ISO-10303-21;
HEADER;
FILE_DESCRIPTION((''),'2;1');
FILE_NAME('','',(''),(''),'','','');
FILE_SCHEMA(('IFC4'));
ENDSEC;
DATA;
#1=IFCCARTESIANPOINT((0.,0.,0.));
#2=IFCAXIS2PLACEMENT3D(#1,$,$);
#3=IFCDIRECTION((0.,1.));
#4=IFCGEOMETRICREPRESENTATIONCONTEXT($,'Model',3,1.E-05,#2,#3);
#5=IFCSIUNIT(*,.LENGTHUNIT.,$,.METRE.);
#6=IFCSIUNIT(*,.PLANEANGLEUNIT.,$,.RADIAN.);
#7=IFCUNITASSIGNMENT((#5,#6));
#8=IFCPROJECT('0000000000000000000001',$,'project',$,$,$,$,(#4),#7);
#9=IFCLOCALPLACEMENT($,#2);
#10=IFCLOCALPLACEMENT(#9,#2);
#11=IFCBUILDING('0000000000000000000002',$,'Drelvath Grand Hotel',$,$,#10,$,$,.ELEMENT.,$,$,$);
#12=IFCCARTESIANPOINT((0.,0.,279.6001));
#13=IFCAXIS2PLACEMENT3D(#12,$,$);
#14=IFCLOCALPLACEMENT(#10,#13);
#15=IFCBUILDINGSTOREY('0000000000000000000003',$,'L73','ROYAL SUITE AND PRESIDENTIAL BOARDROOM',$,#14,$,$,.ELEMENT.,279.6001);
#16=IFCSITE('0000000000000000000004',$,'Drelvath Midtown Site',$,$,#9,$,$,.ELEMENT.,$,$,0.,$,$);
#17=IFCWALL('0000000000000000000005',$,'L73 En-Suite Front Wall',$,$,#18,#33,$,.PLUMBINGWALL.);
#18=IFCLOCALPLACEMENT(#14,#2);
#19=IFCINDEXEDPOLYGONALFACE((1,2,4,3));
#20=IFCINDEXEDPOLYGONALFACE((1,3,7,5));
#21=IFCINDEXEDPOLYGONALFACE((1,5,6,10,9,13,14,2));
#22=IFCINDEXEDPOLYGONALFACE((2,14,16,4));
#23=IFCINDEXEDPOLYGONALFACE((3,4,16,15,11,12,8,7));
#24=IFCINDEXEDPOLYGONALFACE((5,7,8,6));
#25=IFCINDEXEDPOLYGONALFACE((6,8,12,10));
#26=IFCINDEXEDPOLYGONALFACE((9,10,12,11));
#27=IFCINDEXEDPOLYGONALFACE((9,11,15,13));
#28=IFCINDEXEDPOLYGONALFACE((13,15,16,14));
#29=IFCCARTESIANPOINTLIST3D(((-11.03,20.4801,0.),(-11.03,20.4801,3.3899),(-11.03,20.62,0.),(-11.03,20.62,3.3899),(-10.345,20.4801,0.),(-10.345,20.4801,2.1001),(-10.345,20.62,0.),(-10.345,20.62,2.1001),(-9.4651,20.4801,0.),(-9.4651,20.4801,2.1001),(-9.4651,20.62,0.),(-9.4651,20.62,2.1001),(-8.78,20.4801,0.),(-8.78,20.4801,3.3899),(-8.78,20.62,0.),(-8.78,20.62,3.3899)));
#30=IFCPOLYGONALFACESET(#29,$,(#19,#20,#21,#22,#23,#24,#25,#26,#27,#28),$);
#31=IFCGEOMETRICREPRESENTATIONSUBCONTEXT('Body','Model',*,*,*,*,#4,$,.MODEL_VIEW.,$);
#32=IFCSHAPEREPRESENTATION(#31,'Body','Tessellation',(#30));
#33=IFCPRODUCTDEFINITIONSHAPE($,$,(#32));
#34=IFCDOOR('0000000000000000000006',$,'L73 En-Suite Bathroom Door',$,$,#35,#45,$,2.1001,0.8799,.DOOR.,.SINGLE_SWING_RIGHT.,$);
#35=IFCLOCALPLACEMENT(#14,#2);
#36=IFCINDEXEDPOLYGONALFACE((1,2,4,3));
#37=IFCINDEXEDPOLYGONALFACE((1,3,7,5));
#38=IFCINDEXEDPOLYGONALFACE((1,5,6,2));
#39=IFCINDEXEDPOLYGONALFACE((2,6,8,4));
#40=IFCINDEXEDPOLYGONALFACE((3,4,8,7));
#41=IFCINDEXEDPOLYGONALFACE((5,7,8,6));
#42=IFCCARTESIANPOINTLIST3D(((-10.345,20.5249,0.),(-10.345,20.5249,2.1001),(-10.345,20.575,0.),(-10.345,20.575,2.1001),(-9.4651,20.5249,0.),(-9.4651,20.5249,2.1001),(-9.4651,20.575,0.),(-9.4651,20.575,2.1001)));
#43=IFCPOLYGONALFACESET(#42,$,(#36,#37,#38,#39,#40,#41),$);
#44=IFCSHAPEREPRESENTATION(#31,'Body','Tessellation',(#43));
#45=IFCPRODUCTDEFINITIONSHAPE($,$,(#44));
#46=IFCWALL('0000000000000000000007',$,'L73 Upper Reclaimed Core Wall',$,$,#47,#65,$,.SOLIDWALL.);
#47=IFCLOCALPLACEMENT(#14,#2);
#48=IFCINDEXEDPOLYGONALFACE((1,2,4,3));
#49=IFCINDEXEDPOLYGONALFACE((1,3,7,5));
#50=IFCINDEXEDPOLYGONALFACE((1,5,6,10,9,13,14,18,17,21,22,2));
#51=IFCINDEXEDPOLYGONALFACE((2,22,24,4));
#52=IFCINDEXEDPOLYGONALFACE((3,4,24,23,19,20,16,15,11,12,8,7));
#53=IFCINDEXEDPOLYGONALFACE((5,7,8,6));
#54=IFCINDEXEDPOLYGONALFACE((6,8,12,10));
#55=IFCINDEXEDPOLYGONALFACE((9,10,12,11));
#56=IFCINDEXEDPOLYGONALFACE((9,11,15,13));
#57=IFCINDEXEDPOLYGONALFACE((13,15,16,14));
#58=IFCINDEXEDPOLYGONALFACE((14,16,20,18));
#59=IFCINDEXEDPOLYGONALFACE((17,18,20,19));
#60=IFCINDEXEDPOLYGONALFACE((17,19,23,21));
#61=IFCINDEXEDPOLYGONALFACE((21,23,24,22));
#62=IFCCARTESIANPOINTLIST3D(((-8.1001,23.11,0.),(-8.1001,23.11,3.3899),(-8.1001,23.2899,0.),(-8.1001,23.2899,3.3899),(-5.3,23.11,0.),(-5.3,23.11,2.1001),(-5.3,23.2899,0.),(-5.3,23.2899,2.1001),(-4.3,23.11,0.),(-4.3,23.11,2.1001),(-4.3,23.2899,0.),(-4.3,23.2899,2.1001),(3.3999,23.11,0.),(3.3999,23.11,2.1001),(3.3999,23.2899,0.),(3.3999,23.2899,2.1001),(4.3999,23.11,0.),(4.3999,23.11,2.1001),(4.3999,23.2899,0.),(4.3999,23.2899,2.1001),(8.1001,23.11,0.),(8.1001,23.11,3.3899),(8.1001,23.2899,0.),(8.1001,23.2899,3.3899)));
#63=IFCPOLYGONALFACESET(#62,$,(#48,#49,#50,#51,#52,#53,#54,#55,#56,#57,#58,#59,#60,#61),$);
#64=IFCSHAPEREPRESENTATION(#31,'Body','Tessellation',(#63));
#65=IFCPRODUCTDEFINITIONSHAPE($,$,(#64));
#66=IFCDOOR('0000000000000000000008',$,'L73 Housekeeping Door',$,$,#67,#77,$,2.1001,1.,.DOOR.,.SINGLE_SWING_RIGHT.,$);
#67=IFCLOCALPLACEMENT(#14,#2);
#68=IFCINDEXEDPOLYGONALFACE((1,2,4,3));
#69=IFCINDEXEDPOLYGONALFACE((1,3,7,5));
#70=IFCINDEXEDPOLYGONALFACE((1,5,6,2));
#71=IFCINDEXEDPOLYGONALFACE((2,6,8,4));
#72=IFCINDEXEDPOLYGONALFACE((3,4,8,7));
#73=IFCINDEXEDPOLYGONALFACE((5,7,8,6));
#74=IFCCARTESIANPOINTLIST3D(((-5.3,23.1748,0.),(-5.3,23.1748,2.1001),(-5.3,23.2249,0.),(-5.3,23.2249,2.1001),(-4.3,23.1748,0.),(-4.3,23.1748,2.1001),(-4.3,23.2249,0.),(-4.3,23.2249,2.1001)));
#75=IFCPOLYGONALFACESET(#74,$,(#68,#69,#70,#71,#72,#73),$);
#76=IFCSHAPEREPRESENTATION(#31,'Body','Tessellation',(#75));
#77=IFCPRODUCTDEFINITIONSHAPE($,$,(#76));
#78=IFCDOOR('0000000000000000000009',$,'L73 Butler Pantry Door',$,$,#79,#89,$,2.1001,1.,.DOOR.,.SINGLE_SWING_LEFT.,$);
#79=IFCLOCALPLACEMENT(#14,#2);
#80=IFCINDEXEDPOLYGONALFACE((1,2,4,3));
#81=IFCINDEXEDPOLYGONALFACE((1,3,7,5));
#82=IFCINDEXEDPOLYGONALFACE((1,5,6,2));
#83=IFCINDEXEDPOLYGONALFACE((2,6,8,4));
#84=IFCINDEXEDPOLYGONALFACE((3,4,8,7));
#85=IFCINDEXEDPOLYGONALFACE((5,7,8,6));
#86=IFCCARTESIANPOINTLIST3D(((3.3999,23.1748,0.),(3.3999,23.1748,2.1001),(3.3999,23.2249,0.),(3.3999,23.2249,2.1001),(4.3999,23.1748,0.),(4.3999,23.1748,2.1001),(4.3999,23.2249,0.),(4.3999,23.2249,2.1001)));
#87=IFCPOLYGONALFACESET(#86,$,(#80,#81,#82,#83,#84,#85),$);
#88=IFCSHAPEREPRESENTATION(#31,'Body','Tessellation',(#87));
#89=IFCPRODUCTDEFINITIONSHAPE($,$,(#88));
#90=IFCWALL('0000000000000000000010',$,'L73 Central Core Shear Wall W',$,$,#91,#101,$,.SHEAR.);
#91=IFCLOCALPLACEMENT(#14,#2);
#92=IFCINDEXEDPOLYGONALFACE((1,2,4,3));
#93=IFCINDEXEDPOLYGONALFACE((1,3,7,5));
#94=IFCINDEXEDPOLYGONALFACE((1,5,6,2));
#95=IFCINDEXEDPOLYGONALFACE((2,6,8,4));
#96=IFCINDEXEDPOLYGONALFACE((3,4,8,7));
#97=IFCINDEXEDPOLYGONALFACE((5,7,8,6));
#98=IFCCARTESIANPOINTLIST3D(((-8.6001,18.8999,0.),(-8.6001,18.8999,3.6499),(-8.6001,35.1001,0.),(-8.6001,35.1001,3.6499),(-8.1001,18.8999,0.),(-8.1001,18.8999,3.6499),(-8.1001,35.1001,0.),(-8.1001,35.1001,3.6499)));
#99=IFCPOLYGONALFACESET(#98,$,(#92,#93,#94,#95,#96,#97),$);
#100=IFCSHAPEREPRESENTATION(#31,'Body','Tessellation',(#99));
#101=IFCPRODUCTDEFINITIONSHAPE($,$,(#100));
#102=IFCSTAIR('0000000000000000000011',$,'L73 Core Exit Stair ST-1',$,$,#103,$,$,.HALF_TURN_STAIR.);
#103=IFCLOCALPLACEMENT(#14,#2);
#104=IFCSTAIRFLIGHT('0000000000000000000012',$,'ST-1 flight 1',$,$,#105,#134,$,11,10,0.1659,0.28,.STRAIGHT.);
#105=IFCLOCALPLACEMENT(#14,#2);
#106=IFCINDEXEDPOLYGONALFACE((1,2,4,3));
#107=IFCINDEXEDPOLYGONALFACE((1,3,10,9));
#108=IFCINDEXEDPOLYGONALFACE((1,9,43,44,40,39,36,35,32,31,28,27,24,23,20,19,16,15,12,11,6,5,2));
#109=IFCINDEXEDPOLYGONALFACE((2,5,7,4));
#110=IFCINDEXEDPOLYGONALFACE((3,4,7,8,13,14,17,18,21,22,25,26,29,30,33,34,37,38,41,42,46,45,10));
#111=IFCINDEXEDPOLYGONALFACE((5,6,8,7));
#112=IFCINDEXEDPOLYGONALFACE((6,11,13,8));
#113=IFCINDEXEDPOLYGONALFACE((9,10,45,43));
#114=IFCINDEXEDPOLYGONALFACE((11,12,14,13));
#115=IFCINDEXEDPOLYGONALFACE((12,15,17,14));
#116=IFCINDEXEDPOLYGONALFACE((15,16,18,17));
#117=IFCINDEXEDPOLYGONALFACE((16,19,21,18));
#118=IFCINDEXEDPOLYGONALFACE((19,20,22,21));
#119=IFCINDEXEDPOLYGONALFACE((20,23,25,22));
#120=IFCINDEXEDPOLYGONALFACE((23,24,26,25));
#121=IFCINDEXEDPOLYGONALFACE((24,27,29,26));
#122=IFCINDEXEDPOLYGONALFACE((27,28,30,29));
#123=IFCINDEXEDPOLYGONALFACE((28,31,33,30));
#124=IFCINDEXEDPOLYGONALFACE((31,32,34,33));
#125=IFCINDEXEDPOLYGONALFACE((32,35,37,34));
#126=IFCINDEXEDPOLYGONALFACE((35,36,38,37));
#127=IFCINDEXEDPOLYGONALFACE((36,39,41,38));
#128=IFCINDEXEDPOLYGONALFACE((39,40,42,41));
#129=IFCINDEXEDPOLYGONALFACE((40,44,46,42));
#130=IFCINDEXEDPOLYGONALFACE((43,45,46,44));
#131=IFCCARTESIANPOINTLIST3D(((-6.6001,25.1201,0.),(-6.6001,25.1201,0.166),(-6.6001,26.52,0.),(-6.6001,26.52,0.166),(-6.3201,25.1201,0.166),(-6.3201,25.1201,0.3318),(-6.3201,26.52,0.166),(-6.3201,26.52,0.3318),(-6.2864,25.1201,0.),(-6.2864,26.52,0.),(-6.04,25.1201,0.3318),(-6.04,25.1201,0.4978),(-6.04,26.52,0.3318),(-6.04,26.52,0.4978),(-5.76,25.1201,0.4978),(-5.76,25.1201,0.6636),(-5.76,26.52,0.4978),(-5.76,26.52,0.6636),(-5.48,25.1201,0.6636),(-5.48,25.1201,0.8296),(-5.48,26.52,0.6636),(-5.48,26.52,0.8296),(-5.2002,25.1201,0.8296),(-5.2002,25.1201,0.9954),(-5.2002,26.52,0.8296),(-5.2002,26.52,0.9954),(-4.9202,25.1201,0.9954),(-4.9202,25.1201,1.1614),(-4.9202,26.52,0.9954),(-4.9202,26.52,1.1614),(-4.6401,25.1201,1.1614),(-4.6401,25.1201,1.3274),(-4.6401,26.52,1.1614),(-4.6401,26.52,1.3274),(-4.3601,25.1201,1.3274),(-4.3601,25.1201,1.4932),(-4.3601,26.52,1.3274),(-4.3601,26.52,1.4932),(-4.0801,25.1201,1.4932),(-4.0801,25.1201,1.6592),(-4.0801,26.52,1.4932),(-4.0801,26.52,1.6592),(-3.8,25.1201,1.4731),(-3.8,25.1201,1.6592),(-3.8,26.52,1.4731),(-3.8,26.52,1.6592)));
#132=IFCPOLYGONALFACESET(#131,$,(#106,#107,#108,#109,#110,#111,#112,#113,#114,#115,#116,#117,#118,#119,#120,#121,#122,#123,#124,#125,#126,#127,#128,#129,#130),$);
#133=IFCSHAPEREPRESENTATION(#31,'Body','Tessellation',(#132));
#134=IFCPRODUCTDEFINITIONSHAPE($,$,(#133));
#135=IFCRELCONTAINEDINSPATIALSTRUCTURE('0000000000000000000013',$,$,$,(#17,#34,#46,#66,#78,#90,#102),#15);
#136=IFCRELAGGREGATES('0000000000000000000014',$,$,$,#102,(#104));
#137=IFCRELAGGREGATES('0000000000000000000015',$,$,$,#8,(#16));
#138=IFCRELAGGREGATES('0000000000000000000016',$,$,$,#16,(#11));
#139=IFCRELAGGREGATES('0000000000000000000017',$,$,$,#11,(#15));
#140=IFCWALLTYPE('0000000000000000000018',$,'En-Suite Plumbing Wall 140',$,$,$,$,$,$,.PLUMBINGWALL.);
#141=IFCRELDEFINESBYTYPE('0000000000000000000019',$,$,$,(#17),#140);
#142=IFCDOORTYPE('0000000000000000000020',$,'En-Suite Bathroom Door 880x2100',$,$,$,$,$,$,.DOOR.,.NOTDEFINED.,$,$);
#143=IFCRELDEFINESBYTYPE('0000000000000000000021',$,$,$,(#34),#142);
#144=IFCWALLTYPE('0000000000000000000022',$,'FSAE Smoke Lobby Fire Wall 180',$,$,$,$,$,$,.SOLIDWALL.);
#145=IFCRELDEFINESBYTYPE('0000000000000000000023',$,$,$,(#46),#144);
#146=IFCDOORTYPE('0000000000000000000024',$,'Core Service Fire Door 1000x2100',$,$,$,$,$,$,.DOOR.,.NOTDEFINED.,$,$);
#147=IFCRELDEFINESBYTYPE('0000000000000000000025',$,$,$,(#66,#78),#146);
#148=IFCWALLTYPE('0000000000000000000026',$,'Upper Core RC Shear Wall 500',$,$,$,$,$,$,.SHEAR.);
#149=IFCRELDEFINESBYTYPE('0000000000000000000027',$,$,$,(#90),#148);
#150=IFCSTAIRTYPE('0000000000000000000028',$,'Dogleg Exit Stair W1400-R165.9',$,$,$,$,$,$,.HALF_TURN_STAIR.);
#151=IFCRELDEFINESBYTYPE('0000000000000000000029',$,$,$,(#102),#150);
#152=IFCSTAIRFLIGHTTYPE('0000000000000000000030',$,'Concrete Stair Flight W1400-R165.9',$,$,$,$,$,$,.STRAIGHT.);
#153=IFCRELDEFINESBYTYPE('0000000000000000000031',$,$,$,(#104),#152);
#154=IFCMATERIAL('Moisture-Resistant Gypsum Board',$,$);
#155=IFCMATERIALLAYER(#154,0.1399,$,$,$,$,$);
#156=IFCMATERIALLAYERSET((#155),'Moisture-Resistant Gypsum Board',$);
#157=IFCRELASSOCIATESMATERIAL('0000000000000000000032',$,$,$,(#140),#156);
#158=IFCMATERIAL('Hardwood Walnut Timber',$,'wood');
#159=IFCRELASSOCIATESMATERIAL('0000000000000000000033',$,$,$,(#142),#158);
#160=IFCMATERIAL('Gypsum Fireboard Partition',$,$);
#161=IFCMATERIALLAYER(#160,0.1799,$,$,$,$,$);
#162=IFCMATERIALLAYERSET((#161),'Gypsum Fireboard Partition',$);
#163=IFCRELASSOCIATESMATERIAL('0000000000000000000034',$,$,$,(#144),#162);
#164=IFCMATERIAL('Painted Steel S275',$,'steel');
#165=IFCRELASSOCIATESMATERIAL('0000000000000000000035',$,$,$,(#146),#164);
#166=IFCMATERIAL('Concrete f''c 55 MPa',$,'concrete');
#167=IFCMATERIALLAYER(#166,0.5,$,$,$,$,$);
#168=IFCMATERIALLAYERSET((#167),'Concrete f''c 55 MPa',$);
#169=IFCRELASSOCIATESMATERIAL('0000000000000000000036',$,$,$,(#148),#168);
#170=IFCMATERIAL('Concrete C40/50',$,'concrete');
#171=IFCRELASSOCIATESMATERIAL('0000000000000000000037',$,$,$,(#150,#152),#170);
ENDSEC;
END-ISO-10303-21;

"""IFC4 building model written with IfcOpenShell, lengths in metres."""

from ifc_helpers import new_model, si_unit, direction, frame, frame_2d, origin, place, context, subcontext, project, spatial, polyline, rectangle, outline, extrude, material, layer, layer_set, type_object, element, fill, aggregate, save


model = new_model("IFC4")

# Units and contexts
model_context = context("Model", 3, precision=1e-05, world=origin(), true_north=direction((0.0, 1.0)))
body_context = subcontext(model_context, "Body", "Model", "MODEL_VIEW")
ifc_project = project(units=[si_unit("LENGTHUNIT", "METRE"), si_unit("PLANEANGLEUNIT", "RADIAN")], contexts=[model_context])

# Site, building, storey
site_placement = place(None, origin())
site = spatial("IfcSite", under=ifc_project, at=site_placement, Name="Drelvath Midtown Site", CompositionType="ELEMENT", RefElevation=0.0)
building_placement = place(site_placement, origin())
building = spatial("IfcBuilding", under=site, at=building_placement, Name="Drelvath Grand Hotel", CompositionType="ELEMENT")
storey_placement = place(building_placement, frame((0.0, 0.0, 279.6001)))
storey = spatial("IfcBuildingStorey", under=building, at=storey_placement, Name="L73", Description="ROYAL SUITE AND PRESIDENTIAL BOARDROOM", CompositionType="ELEMENT", Elevation=279.6001)

# Shared definitions
ifc_material_1 = material(Name="Concrete f'c 55 MPa", Category="concrete")

# Shared definitions
ifc_material_2 = material(Name="Concrete C40/50", Category="concrete")
ifc_material_3 = material(Name="Painted Steel S275", Category="steel")

# Shared definitions
ifc_material_4 = material(Name="Gypsum Fireboard Partition")
ifc_material_5 = material(Name="Hardwood Walnut Timber", Category="wood")

# Shared definitions
ifc_material_6 = material(Name="Moisture-Resistant Gypsum Board")
ifc_layer_1 = layer(ifc_material_6, 0.1399)
ifc_layer_set_1 = layer_set([ifc_layer_1], Name="Moisture-Resistant Gypsum Board")
wall_type_1 = type_object("IfcWallType", Name="En-Suite Plumbing Wall 140", PredefinedType="PLUMBINGWALL", material=ifc_layer_set_1)

# Shared definitions
door_type_1 = type_object("IfcDoorType", Name="En-Suite Bathroom Door 880x2100", OperationType="NOTDEFINED", PredefinedType="DOOR", material=ifc_material_5)

# Wall, opening, door
wall_1_placement = place(storey_placement, frame((-11.03, 20.55, 0.0), z_axis=(0.0, 0.0, 1.0), x_axis=(1.0, 0.0, 0.0)))
wall_1 = element("IfcWall", 1, at=wall_1_placement, inside=storey, type_object=wall_type_1, Name="L73 En-Suite Front Wall", PredefinedType="PLUMBINGWALL", context=body_context, shape_type="SweptSolid", body=[
    extrude(rectangle(XDim=2.25, YDim=0.1399, at=frame_2d((1.125, 0.0))), origin(), (0.0, 0.0, 1.0), 3.3899),
])
opening_1_placement = place(wall_1_placement, frame((0.6851, 0.0, 0.0)))
opening_1 = element("IfcOpeningElement", 2, at=opening_1_placement, cuts=wall_1, PredefinedType="OPENING", context=body_context, shape_type="SweptSolid", body=[
    extrude(rectangle(XDim=0.8799, YDim=2.1001, at=frame_2d((0.4399, 1.05))), frame((0.0, 0.0798, 0.0), z_axis=(0.0, -1.0, 0.0), x_axis=(1.0, 0.0, 0.0)), (0.0, 0.0, 1.0), 0.1599),
])
door_1_placement = place(opening_1_placement, origin())
door_1 = element("IfcDoor", 3, at=door_1_placement, inside=storey, type_object=door_type_1, Name="L73 En-Suite Bathroom Door", OperationType="SINGLE_SWING_RIGHT", OverallHeight=2.1001, OverallWidth=0.8799, PredefinedType="DOOR", context=body_context, shape_type="SweptSolid", body=[
    extrude(rectangle(XDim=0.8799, YDim=2.1001, at=frame_2d((0.4399, 1.05))), frame((0.0, 0.0249, 0.0), z_axis=(0.0, -1.0, 0.0), x_axis=(1.0, 0.0, 0.0)), (0.0, 0.0, 1.0), 0.05),
])
fill(opening_1, door_1)

# Wall, openings, doors
ifc_layer_2 = layer(ifc_material_4, 0.1799)
ifc_layer_set_2 = layer_set([ifc_layer_2], Name="Gypsum Fireboard Partition")
wall_type_2 = type_object("IfcWallType", Name="FSAE Smoke Lobby Fire Wall 180", PredefinedType="SOLIDWALL", material=ifc_layer_set_2)
wall_2_placement = place(storey_placement, frame((-8.1001, 23.2, 0.0), z_axis=(0.0, 0.0, 1.0), x_axis=(1.0, 0.0, 0.0)))
wall_2 = element("IfcWall", 4, at=wall_2_placement, inside=storey, type_object=wall_type_2, Name="L73 Upper Reclaimed Core Wall", PredefinedType="SOLIDWALL", context=body_context, shape_type="SweptSolid", body=[
    extrude(rectangle(XDim=16.2002, YDim=0.1799, at=frame_2d((8.1001, 0.0))), origin(), (0.0, 0.0, 1.0), 3.3899),
])
opening_2_placement = place(wall_2_placement, frame((2.8, 0.0, 0.0)))
opening_2 = element("IfcOpeningElement", 5, at=opening_2_placement, cuts=wall_2, PredefinedType="OPENING", context=body_context, shape_type="SweptSolid", body=[
    extrude(rectangle(XDim=1.0, YDim=2.1001, at=frame_2d((0.5, 1.05))), frame((0.0, 0.0999, 0.0), z_axis=(0.0, -1.0, 0.0), x_axis=(1.0, 0.0, 0.0)), (0.0, 0.0, 1.0), 0.2),
])
opening_3_placement = place(wall_2_placement, frame((11.5, 0.0, 0.0)))
opening_3 = element("IfcOpeningElement", 6, at=opening_3_placement, cuts=wall_2, PredefinedType="OPENING", context=body_context, shape_type="SweptSolid", body=[
    extrude(rectangle(XDim=1.0, YDim=2.1001, at=frame_2d((0.5, 1.05))), frame((0.0, 0.0999, 0.0), z_axis=(0.0, -1.0, 0.0), x_axis=(1.0, 0.0, 0.0)), (0.0, 0.0, 1.0), 0.2),
])
door_type_2 = type_object("IfcDoorType", Name="Core Service Fire Door 1000x2100", OperationType="NOTDEFINED", PredefinedType="DOOR", material=ifc_material_3)
door_2_placement = place(opening_2_placement, origin())
door_2 = element("IfcDoor", 7, at=door_2_placement, inside=storey, type_object=door_type_2, Name="L73 Housekeeping Door", OperationType="SINGLE_SWING_RIGHT", OverallHeight=2.1001, OverallWidth=1.0, PredefinedType="DOOR", context=body_context, shape_type="SweptSolid", body=[
    extrude(rectangle(XDim=1.0, YDim=2.1001, at=frame_2d((0.5, 1.05))), frame((0.0, 0.0249, 0.0), z_axis=(0.0, -1.0, 0.0), x_axis=(1.0, 0.0, 0.0)), (0.0, 0.0, 1.0), 0.05),
])
fill(opening_2, door_2)
door_3_placement = place(opening_3_placement, origin())
door_3 = element("IfcDoor", 8, at=door_3_placement, inside=storey, type_object=door_type_2, Name="L73 Butler Pantry Door", OperationType="SINGLE_SWING_LEFT", OverallHeight=2.1001, OverallWidth=1.0, PredefinedType="DOOR", context=body_context, shape_type="SweptSolid", body=[
    extrude(rectangle(XDim=1.0, YDim=2.1001, at=frame_2d((0.5, 1.05))), frame((0.0, 0.0249, 0.0), z_axis=(0.0, -1.0, 0.0), x_axis=(1.0, 0.0, 0.0)), (0.0, 0.0, 1.0), 0.05),
])
fill(opening_3, door_3)

# Wall
ifc_layer_3 = layer(ifc_material_1, 0.5)
ifc_layer_set_3 = layer_set([ifc_layer_3], Name="Concrete f'c 55 MPa")
wall_type_3 = type_object("IfcWallType", Name="Upper Core RC Shear Wall 500", PredefinedType="SHEAR", material=ifc_layer_set_3)
wall_3_placement = place(storey_placement, frame((-8.3501, 18.8999, 0.0), z_axis=(0.0, 0.0, 1.0), x_axis=(0.0, 1.0, 0.0)))
element("IfcWall", 9, at=wall_3_placement, inside=storey, type_object=wall_type_3, Name="L73 Central Core Shear Wall W", PredefinedType="SHEAR", context=body_context, shape_type="SweptSolid", body=[
    extrude(rectangle(XDim=16.2002, YDim=0.5, at=frame_2d((8.1001, 0.0))), origin(), (0.0, 0.0, 1.0), 3.6499),
])

# Stair, stair flight
stair_type = type_object("IfcStairType", Name="Dogleg Exit Stair W1400-R165.9", PredefinedType="HALF_TURN_STAIR", material=ifc_material_2)
stair_placement = place(storey_placement, origin())
stair = element("IfcStair", 10, at=stair_placement, inside=storey, type_object=stair_type, Name="L73 Core Exit Stair ST-1", PredefinedType="HALF_TURN_STAIR")
stair_flight_type = type_object("IfcStairFlightType", Name="Concrete Stair Flight W1400-R165.9", PredefinedType="STRAIGHT", material=ifc_material_2)
stair_flight_placement = place(storey_placement, frame((-6.6001, 25.8201, 0.0), z_axis=(0.0, 0.0, 1.0), x_axis=(1.0, 0.0, 0.0)))
stair_flight = element("IfcStairFlight", 11, at=stair_flight_placement, type_object=stair_flight_type, Name="ST-1 flight 1", NumberOfRisers=11, NumberOfTreads=10, PredefinedType="STRAIGHT", RiserHeight=0.1659, TreadLength=0.28, context=body_context, shape_type="SweptSolid", body=[
    extrude(outline(polyline([(0.0, 0.0), (0.0, 0.166), (0.28, 0.166), (0.28, 0.3318), (0.5601, 0.3318), (0.5601, 0.4978), (0.8401, 0.4978), (0.8401, 0.6636), (1.1201, 0.6636), (1.1201, 0.8296), (1.3999, 0.8296), (1.3999, 0.9954), (1.6799, 0.9954), (1.6799, 1.1614), (1.96, 1.1614), (1.96, 1.3274), (2.24, 1.3274), (2.24, 1.4932), (2.52, 1.4932), (2.52, 1.6592), (2.8, 1.6592), (2.8, 1.825), (2.8, 1.4731), (0.3137, 0.0), (0.0, 0.0)])), frame((0.0, 0.7, 0.0), z_axis=(0.0, -1.0, 0.0), x_axis=(1.0, 0.0, 0.0)), (0.0, 0.0, 1.0), 1.3999),
])
aggregate(stair, [stair_flight])

save(model, "model.ifc")
